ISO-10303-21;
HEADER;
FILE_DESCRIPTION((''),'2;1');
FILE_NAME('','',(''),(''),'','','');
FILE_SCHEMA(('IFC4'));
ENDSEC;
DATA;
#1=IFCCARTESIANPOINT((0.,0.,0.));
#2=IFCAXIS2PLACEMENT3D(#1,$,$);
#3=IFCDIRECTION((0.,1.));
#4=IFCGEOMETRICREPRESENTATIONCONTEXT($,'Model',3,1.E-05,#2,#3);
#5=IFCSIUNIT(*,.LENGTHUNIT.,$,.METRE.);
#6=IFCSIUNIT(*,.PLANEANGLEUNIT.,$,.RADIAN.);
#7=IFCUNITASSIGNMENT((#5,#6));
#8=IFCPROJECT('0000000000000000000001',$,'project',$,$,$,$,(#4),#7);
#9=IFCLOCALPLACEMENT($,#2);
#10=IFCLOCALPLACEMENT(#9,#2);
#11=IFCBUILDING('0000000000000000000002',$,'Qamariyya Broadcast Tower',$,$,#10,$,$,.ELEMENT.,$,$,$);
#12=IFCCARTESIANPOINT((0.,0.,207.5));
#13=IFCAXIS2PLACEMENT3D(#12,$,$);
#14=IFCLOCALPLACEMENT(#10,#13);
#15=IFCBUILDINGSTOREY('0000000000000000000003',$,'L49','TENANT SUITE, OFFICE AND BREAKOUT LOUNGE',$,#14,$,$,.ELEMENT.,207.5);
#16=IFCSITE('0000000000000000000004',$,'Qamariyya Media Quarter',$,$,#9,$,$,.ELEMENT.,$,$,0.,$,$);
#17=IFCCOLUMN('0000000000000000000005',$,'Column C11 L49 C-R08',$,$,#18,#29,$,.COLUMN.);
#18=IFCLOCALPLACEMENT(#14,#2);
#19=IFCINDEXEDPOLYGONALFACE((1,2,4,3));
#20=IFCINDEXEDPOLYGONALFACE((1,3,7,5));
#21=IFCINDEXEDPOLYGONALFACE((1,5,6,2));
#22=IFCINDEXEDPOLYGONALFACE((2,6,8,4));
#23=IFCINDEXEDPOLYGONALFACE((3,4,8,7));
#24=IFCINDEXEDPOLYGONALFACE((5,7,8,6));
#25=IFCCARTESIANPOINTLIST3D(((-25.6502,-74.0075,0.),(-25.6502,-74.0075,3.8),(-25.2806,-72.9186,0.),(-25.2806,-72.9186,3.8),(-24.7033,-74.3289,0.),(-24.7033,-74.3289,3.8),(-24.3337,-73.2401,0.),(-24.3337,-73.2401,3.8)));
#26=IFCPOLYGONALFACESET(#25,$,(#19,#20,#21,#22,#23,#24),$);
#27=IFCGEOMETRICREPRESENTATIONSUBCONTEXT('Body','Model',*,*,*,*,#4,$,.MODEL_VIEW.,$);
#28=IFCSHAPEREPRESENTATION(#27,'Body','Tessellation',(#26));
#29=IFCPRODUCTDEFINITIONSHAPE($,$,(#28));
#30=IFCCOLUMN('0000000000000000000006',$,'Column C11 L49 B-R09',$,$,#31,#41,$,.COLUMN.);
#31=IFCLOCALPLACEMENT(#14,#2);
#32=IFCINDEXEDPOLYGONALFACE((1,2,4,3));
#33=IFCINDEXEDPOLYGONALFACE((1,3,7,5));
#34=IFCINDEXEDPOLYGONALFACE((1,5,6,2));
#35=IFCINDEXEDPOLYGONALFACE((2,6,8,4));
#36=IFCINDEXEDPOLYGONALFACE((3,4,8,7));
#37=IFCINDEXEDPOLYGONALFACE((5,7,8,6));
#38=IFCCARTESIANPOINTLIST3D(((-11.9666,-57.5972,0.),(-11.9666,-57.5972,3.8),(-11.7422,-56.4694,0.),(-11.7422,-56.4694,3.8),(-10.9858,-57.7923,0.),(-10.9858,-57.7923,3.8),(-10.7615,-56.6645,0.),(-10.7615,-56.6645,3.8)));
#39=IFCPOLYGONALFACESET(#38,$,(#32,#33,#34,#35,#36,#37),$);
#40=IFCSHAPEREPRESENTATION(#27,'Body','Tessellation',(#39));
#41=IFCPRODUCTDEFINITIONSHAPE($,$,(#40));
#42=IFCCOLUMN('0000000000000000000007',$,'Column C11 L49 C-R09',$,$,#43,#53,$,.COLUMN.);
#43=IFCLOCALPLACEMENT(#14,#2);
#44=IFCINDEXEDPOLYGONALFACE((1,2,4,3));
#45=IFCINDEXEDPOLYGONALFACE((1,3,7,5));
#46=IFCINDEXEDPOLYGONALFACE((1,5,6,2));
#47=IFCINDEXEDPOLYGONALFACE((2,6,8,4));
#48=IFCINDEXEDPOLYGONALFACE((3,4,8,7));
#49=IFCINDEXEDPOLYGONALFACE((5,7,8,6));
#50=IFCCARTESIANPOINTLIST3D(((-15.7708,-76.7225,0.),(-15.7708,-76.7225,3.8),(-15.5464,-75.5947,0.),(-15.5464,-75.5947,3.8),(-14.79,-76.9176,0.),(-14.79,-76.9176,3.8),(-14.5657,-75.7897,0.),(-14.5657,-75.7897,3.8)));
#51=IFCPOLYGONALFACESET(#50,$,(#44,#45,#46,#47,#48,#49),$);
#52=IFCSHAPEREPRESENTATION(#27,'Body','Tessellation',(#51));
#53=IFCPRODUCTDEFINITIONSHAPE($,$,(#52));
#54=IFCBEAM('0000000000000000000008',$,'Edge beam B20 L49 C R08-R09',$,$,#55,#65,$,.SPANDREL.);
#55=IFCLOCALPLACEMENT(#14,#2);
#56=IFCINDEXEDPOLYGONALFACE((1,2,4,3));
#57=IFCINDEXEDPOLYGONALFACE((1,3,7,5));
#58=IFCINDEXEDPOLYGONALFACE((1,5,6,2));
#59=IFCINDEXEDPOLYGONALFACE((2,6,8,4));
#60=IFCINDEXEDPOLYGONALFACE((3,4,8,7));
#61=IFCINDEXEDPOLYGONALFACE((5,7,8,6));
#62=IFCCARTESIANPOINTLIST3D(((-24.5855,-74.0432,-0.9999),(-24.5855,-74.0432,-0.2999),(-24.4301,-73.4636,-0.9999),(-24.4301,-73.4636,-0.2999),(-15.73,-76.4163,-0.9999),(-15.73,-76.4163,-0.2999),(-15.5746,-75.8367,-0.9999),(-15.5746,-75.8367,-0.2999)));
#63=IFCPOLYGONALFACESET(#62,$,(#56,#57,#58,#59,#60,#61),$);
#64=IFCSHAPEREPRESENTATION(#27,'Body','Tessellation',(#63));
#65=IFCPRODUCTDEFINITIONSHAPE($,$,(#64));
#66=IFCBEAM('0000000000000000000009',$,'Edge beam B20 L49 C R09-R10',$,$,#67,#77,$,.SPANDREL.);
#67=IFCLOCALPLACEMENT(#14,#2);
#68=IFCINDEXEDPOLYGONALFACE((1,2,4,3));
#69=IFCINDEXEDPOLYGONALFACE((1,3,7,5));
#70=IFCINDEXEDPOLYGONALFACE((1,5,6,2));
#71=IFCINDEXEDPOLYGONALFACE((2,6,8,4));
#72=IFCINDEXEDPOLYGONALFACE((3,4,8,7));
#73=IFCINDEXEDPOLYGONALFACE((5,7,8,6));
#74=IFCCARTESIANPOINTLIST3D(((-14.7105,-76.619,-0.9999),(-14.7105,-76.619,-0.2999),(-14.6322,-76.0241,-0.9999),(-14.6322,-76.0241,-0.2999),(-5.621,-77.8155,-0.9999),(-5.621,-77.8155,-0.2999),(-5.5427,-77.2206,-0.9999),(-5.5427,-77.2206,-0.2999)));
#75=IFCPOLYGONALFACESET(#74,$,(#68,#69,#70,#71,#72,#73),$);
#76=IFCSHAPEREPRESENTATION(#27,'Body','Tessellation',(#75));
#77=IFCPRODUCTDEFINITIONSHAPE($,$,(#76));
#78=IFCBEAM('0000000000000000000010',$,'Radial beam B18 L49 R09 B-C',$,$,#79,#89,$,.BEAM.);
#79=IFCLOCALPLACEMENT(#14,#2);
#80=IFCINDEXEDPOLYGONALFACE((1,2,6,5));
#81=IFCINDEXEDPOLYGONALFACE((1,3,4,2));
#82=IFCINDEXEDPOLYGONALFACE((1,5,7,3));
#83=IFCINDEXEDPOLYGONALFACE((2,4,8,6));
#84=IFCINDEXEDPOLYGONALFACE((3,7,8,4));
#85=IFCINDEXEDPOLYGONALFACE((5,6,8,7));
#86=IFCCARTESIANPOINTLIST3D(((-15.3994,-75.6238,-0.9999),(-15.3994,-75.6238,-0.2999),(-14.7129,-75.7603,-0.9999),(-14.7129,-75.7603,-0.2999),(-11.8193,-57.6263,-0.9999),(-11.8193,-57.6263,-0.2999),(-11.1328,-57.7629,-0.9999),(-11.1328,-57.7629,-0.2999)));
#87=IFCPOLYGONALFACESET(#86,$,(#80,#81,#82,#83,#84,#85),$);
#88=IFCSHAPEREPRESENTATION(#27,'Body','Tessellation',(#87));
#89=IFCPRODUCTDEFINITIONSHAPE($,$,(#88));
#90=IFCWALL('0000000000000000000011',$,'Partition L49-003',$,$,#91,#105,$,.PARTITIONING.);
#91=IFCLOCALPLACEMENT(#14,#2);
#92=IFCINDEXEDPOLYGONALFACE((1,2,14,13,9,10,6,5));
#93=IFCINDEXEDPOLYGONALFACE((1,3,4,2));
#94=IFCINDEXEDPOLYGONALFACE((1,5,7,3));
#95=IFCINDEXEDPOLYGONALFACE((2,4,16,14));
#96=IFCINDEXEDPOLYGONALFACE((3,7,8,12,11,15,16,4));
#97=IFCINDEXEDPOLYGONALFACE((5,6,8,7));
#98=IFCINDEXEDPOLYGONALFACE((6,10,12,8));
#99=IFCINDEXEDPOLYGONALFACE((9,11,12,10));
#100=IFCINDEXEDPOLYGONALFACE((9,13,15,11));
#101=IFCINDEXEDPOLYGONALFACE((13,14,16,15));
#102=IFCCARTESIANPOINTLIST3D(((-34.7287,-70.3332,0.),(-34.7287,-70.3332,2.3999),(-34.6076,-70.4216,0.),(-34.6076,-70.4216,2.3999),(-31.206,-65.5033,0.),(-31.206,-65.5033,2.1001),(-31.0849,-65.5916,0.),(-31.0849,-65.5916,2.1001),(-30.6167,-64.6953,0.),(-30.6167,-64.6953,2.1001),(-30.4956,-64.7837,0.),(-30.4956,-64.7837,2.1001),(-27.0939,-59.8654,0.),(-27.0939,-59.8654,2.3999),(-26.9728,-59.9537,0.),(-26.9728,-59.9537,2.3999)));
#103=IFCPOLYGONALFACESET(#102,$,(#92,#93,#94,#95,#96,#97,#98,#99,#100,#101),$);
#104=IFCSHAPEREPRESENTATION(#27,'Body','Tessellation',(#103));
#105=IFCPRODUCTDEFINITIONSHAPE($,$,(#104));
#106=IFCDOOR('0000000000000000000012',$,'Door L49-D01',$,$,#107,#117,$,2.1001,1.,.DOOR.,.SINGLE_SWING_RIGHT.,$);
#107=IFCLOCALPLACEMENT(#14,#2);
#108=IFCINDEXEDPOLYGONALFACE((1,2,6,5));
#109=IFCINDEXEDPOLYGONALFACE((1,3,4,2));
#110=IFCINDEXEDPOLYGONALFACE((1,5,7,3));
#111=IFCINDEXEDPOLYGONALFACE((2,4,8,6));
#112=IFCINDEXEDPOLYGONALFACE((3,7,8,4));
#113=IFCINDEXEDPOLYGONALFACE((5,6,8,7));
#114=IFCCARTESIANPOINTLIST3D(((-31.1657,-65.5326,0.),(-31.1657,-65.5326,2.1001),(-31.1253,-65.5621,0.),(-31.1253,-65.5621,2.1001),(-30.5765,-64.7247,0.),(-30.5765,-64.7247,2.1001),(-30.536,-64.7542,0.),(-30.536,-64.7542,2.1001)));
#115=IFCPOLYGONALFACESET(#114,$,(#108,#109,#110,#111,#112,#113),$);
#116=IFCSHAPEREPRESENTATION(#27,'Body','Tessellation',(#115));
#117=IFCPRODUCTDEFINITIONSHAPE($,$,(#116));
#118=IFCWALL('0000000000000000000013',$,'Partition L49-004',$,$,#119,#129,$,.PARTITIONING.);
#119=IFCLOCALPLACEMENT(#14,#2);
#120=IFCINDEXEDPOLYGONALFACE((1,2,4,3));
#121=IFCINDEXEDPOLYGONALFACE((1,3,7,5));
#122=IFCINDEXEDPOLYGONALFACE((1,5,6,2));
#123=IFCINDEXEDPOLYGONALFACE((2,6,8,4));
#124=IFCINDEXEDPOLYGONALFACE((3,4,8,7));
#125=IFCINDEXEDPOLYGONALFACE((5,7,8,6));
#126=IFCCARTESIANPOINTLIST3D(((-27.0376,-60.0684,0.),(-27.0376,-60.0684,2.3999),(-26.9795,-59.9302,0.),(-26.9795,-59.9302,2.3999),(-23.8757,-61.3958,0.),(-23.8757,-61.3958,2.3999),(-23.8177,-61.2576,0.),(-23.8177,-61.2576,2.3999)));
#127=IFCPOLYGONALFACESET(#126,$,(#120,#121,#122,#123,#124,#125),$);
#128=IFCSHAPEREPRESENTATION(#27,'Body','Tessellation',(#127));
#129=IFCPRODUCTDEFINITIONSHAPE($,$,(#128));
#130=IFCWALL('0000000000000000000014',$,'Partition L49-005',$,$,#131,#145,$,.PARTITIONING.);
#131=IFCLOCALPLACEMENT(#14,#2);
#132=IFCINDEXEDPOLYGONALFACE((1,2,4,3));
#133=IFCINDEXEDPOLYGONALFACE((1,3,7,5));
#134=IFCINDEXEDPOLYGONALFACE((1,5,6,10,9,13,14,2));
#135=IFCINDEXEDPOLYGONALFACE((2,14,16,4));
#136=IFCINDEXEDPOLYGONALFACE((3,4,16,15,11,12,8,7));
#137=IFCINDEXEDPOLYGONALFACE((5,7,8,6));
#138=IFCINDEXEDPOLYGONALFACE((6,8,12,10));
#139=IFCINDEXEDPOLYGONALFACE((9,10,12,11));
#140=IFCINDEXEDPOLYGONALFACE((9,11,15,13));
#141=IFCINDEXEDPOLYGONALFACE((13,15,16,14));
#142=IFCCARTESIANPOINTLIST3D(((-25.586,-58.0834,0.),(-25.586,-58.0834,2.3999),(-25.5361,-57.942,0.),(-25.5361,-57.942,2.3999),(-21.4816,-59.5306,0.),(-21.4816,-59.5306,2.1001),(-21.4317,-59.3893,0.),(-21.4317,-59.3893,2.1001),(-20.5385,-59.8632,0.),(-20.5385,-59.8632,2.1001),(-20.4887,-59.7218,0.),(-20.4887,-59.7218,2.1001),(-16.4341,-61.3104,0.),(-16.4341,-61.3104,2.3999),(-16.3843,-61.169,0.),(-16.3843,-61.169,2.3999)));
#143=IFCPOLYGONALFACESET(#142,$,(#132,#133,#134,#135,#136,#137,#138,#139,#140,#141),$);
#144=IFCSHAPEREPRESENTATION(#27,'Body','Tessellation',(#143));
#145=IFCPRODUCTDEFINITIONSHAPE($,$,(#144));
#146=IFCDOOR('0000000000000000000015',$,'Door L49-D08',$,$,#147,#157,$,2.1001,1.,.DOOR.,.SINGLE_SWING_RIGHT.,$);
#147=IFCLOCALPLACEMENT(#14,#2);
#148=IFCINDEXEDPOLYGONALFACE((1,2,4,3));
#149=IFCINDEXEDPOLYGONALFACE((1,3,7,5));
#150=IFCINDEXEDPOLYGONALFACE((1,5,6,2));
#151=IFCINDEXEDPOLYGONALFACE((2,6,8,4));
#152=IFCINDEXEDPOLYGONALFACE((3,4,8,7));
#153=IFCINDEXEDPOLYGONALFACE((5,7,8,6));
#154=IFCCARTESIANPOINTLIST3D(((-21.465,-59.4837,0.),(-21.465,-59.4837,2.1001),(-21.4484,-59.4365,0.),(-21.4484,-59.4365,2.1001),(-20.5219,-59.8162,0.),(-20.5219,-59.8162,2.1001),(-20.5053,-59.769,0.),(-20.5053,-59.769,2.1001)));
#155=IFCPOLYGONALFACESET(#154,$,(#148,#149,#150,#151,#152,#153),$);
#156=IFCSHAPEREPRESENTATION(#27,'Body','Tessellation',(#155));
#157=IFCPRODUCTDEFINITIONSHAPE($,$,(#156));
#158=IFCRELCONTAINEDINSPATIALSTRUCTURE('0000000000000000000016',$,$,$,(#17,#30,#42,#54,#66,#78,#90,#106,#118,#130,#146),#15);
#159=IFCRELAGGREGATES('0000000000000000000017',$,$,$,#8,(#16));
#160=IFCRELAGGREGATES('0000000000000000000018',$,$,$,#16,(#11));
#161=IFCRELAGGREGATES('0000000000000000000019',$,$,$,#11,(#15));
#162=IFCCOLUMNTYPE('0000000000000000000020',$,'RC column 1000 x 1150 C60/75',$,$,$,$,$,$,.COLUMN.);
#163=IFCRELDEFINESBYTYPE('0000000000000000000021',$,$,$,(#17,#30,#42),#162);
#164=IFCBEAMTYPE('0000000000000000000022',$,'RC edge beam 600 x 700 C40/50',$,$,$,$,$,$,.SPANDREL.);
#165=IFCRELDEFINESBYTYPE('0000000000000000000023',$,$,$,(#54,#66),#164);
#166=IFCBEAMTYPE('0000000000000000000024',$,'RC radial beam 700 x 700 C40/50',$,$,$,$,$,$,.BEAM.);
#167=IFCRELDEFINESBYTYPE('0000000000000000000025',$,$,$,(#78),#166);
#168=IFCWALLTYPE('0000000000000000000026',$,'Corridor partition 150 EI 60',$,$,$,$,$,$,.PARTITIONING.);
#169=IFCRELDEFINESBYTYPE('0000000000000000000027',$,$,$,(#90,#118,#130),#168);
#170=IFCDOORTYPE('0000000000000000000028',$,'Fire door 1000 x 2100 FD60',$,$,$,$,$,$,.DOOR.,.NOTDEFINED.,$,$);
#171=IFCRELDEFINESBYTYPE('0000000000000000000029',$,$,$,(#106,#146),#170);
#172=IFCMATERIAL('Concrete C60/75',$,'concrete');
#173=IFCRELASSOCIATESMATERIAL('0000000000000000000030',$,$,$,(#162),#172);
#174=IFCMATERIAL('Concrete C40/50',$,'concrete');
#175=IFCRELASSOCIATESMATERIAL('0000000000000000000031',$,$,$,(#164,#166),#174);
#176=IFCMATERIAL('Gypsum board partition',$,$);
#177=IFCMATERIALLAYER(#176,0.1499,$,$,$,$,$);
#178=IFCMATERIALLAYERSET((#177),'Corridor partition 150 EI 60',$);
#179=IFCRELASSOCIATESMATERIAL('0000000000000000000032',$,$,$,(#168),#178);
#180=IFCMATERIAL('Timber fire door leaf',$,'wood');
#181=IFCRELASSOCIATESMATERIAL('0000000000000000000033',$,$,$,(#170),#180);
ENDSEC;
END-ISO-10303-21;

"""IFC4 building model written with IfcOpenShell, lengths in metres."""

from ifc_helpers import new_model, si_unit, direction, frame, frame_2d, origin, origin_2d, place, context, subcontext, project, spatial, rectangle, extrude, material, layer, layer_set, material_profile, profile_set, type_object, element, fill, save


model = new_model("IFC4")

# Units and contexts
model_context = context("Model", 3, precision=1e-05, world=origin(), true_north=direction((0.0, 1.0)))
body_context = subcontext(model_context, "Body", "Model", "MODEL_VIEW")
ifc_project = project(units=[si_unit("LENGTHUNIT", "METRE"), si_unit("PLANEANGLEUNIT", "RADIAN")], contexts=[model_context])

# Site, building, storey
site_placement = place(None, origin())
site = spatial("IfcSite", under=ifc_project, at=site_placement, Name="Qamariyya Media Quarter", CompositionType="ELEMENT", RefElevation=0.0)
building_placement = place(site_placement, origin())
building = spatial("IfcBuilding", under=site, at=building_placement, Name="Qamariyya Broadcast Tower", CompositionType="ELEMENT")
storey_placement = place(building_placement, frame((0.0, 0.0, 207.5)))
storey = spatial("IfcBuildingStorey", under=building, at=storey_placement, Name="L49", Description="TENANT SUITE, OFFICE AND BREAKOUT LOUNGE", CompositionType="ELEMENT", Elevation=207.5)

# Columns
ifc_material_1 = material(Name="Concrete C60/75", Category="concrete")
ifc_material_profile_1 = material_profile(ifc_material_1, rectangle(XDim=1.0, YDim=1.1499, at=origin_2d()))
ifc_profile_set_1 = profile_set([ifc_material_profile_1], Name="Concrete C60/75")
column_type = type_object("IfcColumnType", Name="RC column 1000 x 1150 C60/75", PredefinedType="COLUMN", material=ifc_profile_set_1)
for number, where, z_axis, x_axis, name in (
    (1, (-24.9919, -73.6238, 0.0), (0.0, 0.0, 1.0), (0.94693, -0.321439, 0.0), "Column C11 L49 C-R08"),
    (2, (-11.364, -57.1309, 0.0), (0.0, 0.0, 1.0), (0.980785, -0.19509, 0.0), "Column C11 L49 B-R09"),
    (3, (-15.1682, -76.2561, 0.0), (0.0, 0.0, 1.0), (0.980785, -0.19509, 0.0), "Column C11 L49 C-R09"),
):
    element("IfcColumn", number, at=place(storey_placement, frame(where, z_axis=z_axis, x_axis=x_axis)), inside=storey, type_object=column_type, Name=name, PredefinedType="COLUMN", context=body_context, shape_type="SweptSolid", body=[
        extrude(rectangle(XDim=1.0, YDim=1.1499, at=origin_2d()), origin(), (0.0, 0.0, 1.0), 3.8),
    ])

# Beams
ifc_material_2 = material(Name="Concrete C40/50", Category="concrete")
ifc_material_profile_2 = material_profile(ifc_material_2, rectangle(XDim=0.6001, YDim=0.7, at=origin_2d()))
ifc_profile_set_2 = profile_set([ifc_material_profile_2], Name="Concrete C40/50")
beam_type_1 = type_object("IfcBeamType", Name="RC edge beam 600 x 700 C40/50", PredefinedType="SPANDREL", material=ifc_profile_set_2)
for number, where, z_axis, x_axis, name in (
    (4, (-24.5078, -73.7534, -0.6499), (0.96592, -0.258843, 0.0), (0.258843, 0.96592, 0.0), "Edge beam B20 L49 C R08-R09"),
    (5, (-14.6714, -76.3215, -0.6499), (0.991447, -0.130512, 0.0), (0.130512, 0.991447, 0.0), "Edge beam B20 L49 C R09-R10"),
):
    element("IfcBeam", number, at=place(storey_placement, frame(where, z_axis=z_axis, x_axis=x_axis)), inside=storey, type_object=beam_type_1, Name=name, PredefinedType="SPANDREL", context=body_context, shape_type="SweptSolid", body=[
        extrude(rectangle(XDim=0.6001, YDim=0.7, at=origin_2d()), origin(), (0.0, 0.0, 1.0), 9.168),
    ])
ifc_material_profile_3 = material_profile(ifc_material_2, rectangle(XDim=0.7, YDim=0.7, at=origin_2d()))
ifc_profile_set_3 = profile_set([ifc_material_profile_3], Name="Concrete C40/50")
beam_type_2 = type_object("IfcBeamType", Name="RC radial beam 700 x 700 C40/50", PredefinedType="BEAM", material=ifc_profile_set_3)
beam_placement = place(storey_placement, frame((-11.4761, -57.6946, -0.6499), z_axis=(-0.195098, -0.980784, 0.0), x_axis=(0.980784, -0.195098, 0.0)))
element("IfcBeam", 6, at=beam_placement, inside=storey, type_object=beam_type_2, Name="Radial beam B18 L49 R09 B-C", PredefinedType="BEAM", context=body_context, shape_type="SweptSolid", body=[
    extrude(rectangle(XDim=0.7, YDim=0.7, at=origin_2d()), origin(), (0.0, 0.0, 1.0), 18.3501),
])

# Wall, opening, door
ifc_material_3 = material(Name="Gypsum board partition")
ifc_layer_1 = layer(ifc_material_3, 0.1499)
ifc_layer_set_1 = layer_set([ifc_layer_1], Name="Corridor partition 150 EI 60")
wall_type_1 = type_object("IfcWallType", Name="Corridor partition 150 EI 60", PredefinedType="PARTITIONING", material=ifc_layer_set_1)
wall_1_placement = place(storey_placement, frame((-27.0334, -59.9097, 0.0), z_axis=(0.0, 0.0, 1.0), x_axis=(-0.589274, -0.807934, 0.0)))
wall_1 = element("IfcWall", 7, at=wall_1_placement, inside=storey, type_object=wall_type_1, Name="Partition L49-003", PredefinedType="PARTITIONING", context=body_context, shape_type="SweptSolid", body=[
    extrude(rectangle(XDim=12.9563, YDim=0.1499, at=frame_2d((6.478, 0.0))), origin(), (0.0, 0.0, 1.0), 2.3999),
])
opening_1_placement = place(wall_1_placement, frame((5.978, 0.0, 0.0)))
opening_1 = element("IfcOpeningElement", 8, at=opening_1_placement, cuts=wall_1, PredefinedType="OPENING", context=body_context, shape_type="SweptSolid", body=[
    extrude(rectangle(XDim=1.0, YDim=2.1001, at=frame_2d((0.5, 1.05))), frame((0.0, 0.085, 0.0), z_axis=(0.0, -1.0, 0.0), x_axis=(1.0, 0.0, 0.0)), (0.0, 0.0, 1.0), 0.1699),
])
ifc_material_4 = material(Name="Timber fire door leaf", Category="wood")
door_type_1 = type_object("IfcDoorType", Name="Fire door 1000 x 2100 FD60", OperationType="NOTDEFINED", PredefinedType="DOOR", material=ifc_material_4)
door_1_placement = place(opening_1_placement, origin())
door_1 = element("IfcDoor", 9, at=door_1_placement, inside=storey, type_object=door_type_1, Name="Door L49-D01", OperationType="SINGLE_SWING_RIGHT", OverallHeight=2.1001, OverallWidth=1.0, PredefinedType="DOOR", context=body_context, shape_type="SweptSolid", body=[
    extrude(rectangle(XDim=1.0, YDim=2.1001, at=frame_2d((0.5, 1.05))), frame((0.0, 0.0249, 0.0), z_axis=(0.0, -1.0, 0.0), x_axis=(1.0, 0.0, 0.0)), (0.0, 0.0, 1.0), 0.05),
])
fill(opening_1, door_1)

# Wall
wall_2_placement = place(storey_placement, frame((-27.0085, -59.9993, 0.0), z_axis=(0.0, 0.0, 1.0), x_axis=(0.922044, -0.387086, 0.0)))
element("IfcWall", 10, at=wall_2_placement, inside=storey, type_object=wall_type_1, Name="Partition L49-004", PredefinedType="PARTITIONING", context=body_context, shape_type="SweptSolid", body=[
    extrude(rectangle(XDim=3.4292, YDim=0.1499, at=frame_2d((1.7146, 0.0))), origin(), (0.0, 0.0, 1.0), 2.3999),
])

# Wall, opening, door
wall_3_placement = place(storey_placement, frame((-25.561, -58.0127, 0.0), z_axis=(0.0, 0.0, 1.0), x_axis=(0.943088, -0.332544, 0.0)))
wall_3 = element("IfcWall", 11, at=wall_3_placement, inside=storey, type_object=wall_type_1, Name="Partition L49-005", PredefinedType="PARTITIONING", context=body_context, shape_type="SweptSolid", body=[
    extrude(rectangle(XDim=9.7041, YDim=0.1499, at=frame_2d((4.8521, 0.0))), origin(), (0.0, 0.0, 1.0), 2.3999),
])
opening_2_placement = place(wall_3_placement, frame((4.3521, 0.0, 0.0)))
opening_2 = element("IfcOpeningElement", 12, at=opening_2_placement, cuts=wall_3, PredefinedType="OPENING", context=body_context, shape_type="SweptSolid", body=[
    extrude(rectangle(XDim=1.0, YDim=2.1001, at=frame_2d((0.5, 1.05))), frame((0.0, 0.085, 0.0), z_axis=(0.0, -1.0, 0.0), x_axis=(1.0, 0.0, 0.0)), (0.0, 0.0, 1.0), 0.1699),
])
door_2_placement = place(opening_2_placement, origin())
door_2 = element("IfcDoor", 13, at=door_2_placement, inside=storey, type_object=door_type_1, Name="Door L49-D08", OperationType="SINGLE_SWING_RIGHT", OverallHeight=2.1001, OverallWidth=1.0, PredefinedType="DOOR", context=body_context, shape_type="SweptSolid", body=[
    extrude(rectangle(XDim=1.0, YDim=2.1001, at=frame_2d((0.5, 1.05))), frame((0.0, 0.0249, 0.0), z_axis=(0.0, -1.0, 0.0), x_axis=(1.0, 0.0, 0.0)), (0.0, 0.0, 1.0), 0.05),
])
fill(opening_2, door_2)

save(model, "model.ifc")
